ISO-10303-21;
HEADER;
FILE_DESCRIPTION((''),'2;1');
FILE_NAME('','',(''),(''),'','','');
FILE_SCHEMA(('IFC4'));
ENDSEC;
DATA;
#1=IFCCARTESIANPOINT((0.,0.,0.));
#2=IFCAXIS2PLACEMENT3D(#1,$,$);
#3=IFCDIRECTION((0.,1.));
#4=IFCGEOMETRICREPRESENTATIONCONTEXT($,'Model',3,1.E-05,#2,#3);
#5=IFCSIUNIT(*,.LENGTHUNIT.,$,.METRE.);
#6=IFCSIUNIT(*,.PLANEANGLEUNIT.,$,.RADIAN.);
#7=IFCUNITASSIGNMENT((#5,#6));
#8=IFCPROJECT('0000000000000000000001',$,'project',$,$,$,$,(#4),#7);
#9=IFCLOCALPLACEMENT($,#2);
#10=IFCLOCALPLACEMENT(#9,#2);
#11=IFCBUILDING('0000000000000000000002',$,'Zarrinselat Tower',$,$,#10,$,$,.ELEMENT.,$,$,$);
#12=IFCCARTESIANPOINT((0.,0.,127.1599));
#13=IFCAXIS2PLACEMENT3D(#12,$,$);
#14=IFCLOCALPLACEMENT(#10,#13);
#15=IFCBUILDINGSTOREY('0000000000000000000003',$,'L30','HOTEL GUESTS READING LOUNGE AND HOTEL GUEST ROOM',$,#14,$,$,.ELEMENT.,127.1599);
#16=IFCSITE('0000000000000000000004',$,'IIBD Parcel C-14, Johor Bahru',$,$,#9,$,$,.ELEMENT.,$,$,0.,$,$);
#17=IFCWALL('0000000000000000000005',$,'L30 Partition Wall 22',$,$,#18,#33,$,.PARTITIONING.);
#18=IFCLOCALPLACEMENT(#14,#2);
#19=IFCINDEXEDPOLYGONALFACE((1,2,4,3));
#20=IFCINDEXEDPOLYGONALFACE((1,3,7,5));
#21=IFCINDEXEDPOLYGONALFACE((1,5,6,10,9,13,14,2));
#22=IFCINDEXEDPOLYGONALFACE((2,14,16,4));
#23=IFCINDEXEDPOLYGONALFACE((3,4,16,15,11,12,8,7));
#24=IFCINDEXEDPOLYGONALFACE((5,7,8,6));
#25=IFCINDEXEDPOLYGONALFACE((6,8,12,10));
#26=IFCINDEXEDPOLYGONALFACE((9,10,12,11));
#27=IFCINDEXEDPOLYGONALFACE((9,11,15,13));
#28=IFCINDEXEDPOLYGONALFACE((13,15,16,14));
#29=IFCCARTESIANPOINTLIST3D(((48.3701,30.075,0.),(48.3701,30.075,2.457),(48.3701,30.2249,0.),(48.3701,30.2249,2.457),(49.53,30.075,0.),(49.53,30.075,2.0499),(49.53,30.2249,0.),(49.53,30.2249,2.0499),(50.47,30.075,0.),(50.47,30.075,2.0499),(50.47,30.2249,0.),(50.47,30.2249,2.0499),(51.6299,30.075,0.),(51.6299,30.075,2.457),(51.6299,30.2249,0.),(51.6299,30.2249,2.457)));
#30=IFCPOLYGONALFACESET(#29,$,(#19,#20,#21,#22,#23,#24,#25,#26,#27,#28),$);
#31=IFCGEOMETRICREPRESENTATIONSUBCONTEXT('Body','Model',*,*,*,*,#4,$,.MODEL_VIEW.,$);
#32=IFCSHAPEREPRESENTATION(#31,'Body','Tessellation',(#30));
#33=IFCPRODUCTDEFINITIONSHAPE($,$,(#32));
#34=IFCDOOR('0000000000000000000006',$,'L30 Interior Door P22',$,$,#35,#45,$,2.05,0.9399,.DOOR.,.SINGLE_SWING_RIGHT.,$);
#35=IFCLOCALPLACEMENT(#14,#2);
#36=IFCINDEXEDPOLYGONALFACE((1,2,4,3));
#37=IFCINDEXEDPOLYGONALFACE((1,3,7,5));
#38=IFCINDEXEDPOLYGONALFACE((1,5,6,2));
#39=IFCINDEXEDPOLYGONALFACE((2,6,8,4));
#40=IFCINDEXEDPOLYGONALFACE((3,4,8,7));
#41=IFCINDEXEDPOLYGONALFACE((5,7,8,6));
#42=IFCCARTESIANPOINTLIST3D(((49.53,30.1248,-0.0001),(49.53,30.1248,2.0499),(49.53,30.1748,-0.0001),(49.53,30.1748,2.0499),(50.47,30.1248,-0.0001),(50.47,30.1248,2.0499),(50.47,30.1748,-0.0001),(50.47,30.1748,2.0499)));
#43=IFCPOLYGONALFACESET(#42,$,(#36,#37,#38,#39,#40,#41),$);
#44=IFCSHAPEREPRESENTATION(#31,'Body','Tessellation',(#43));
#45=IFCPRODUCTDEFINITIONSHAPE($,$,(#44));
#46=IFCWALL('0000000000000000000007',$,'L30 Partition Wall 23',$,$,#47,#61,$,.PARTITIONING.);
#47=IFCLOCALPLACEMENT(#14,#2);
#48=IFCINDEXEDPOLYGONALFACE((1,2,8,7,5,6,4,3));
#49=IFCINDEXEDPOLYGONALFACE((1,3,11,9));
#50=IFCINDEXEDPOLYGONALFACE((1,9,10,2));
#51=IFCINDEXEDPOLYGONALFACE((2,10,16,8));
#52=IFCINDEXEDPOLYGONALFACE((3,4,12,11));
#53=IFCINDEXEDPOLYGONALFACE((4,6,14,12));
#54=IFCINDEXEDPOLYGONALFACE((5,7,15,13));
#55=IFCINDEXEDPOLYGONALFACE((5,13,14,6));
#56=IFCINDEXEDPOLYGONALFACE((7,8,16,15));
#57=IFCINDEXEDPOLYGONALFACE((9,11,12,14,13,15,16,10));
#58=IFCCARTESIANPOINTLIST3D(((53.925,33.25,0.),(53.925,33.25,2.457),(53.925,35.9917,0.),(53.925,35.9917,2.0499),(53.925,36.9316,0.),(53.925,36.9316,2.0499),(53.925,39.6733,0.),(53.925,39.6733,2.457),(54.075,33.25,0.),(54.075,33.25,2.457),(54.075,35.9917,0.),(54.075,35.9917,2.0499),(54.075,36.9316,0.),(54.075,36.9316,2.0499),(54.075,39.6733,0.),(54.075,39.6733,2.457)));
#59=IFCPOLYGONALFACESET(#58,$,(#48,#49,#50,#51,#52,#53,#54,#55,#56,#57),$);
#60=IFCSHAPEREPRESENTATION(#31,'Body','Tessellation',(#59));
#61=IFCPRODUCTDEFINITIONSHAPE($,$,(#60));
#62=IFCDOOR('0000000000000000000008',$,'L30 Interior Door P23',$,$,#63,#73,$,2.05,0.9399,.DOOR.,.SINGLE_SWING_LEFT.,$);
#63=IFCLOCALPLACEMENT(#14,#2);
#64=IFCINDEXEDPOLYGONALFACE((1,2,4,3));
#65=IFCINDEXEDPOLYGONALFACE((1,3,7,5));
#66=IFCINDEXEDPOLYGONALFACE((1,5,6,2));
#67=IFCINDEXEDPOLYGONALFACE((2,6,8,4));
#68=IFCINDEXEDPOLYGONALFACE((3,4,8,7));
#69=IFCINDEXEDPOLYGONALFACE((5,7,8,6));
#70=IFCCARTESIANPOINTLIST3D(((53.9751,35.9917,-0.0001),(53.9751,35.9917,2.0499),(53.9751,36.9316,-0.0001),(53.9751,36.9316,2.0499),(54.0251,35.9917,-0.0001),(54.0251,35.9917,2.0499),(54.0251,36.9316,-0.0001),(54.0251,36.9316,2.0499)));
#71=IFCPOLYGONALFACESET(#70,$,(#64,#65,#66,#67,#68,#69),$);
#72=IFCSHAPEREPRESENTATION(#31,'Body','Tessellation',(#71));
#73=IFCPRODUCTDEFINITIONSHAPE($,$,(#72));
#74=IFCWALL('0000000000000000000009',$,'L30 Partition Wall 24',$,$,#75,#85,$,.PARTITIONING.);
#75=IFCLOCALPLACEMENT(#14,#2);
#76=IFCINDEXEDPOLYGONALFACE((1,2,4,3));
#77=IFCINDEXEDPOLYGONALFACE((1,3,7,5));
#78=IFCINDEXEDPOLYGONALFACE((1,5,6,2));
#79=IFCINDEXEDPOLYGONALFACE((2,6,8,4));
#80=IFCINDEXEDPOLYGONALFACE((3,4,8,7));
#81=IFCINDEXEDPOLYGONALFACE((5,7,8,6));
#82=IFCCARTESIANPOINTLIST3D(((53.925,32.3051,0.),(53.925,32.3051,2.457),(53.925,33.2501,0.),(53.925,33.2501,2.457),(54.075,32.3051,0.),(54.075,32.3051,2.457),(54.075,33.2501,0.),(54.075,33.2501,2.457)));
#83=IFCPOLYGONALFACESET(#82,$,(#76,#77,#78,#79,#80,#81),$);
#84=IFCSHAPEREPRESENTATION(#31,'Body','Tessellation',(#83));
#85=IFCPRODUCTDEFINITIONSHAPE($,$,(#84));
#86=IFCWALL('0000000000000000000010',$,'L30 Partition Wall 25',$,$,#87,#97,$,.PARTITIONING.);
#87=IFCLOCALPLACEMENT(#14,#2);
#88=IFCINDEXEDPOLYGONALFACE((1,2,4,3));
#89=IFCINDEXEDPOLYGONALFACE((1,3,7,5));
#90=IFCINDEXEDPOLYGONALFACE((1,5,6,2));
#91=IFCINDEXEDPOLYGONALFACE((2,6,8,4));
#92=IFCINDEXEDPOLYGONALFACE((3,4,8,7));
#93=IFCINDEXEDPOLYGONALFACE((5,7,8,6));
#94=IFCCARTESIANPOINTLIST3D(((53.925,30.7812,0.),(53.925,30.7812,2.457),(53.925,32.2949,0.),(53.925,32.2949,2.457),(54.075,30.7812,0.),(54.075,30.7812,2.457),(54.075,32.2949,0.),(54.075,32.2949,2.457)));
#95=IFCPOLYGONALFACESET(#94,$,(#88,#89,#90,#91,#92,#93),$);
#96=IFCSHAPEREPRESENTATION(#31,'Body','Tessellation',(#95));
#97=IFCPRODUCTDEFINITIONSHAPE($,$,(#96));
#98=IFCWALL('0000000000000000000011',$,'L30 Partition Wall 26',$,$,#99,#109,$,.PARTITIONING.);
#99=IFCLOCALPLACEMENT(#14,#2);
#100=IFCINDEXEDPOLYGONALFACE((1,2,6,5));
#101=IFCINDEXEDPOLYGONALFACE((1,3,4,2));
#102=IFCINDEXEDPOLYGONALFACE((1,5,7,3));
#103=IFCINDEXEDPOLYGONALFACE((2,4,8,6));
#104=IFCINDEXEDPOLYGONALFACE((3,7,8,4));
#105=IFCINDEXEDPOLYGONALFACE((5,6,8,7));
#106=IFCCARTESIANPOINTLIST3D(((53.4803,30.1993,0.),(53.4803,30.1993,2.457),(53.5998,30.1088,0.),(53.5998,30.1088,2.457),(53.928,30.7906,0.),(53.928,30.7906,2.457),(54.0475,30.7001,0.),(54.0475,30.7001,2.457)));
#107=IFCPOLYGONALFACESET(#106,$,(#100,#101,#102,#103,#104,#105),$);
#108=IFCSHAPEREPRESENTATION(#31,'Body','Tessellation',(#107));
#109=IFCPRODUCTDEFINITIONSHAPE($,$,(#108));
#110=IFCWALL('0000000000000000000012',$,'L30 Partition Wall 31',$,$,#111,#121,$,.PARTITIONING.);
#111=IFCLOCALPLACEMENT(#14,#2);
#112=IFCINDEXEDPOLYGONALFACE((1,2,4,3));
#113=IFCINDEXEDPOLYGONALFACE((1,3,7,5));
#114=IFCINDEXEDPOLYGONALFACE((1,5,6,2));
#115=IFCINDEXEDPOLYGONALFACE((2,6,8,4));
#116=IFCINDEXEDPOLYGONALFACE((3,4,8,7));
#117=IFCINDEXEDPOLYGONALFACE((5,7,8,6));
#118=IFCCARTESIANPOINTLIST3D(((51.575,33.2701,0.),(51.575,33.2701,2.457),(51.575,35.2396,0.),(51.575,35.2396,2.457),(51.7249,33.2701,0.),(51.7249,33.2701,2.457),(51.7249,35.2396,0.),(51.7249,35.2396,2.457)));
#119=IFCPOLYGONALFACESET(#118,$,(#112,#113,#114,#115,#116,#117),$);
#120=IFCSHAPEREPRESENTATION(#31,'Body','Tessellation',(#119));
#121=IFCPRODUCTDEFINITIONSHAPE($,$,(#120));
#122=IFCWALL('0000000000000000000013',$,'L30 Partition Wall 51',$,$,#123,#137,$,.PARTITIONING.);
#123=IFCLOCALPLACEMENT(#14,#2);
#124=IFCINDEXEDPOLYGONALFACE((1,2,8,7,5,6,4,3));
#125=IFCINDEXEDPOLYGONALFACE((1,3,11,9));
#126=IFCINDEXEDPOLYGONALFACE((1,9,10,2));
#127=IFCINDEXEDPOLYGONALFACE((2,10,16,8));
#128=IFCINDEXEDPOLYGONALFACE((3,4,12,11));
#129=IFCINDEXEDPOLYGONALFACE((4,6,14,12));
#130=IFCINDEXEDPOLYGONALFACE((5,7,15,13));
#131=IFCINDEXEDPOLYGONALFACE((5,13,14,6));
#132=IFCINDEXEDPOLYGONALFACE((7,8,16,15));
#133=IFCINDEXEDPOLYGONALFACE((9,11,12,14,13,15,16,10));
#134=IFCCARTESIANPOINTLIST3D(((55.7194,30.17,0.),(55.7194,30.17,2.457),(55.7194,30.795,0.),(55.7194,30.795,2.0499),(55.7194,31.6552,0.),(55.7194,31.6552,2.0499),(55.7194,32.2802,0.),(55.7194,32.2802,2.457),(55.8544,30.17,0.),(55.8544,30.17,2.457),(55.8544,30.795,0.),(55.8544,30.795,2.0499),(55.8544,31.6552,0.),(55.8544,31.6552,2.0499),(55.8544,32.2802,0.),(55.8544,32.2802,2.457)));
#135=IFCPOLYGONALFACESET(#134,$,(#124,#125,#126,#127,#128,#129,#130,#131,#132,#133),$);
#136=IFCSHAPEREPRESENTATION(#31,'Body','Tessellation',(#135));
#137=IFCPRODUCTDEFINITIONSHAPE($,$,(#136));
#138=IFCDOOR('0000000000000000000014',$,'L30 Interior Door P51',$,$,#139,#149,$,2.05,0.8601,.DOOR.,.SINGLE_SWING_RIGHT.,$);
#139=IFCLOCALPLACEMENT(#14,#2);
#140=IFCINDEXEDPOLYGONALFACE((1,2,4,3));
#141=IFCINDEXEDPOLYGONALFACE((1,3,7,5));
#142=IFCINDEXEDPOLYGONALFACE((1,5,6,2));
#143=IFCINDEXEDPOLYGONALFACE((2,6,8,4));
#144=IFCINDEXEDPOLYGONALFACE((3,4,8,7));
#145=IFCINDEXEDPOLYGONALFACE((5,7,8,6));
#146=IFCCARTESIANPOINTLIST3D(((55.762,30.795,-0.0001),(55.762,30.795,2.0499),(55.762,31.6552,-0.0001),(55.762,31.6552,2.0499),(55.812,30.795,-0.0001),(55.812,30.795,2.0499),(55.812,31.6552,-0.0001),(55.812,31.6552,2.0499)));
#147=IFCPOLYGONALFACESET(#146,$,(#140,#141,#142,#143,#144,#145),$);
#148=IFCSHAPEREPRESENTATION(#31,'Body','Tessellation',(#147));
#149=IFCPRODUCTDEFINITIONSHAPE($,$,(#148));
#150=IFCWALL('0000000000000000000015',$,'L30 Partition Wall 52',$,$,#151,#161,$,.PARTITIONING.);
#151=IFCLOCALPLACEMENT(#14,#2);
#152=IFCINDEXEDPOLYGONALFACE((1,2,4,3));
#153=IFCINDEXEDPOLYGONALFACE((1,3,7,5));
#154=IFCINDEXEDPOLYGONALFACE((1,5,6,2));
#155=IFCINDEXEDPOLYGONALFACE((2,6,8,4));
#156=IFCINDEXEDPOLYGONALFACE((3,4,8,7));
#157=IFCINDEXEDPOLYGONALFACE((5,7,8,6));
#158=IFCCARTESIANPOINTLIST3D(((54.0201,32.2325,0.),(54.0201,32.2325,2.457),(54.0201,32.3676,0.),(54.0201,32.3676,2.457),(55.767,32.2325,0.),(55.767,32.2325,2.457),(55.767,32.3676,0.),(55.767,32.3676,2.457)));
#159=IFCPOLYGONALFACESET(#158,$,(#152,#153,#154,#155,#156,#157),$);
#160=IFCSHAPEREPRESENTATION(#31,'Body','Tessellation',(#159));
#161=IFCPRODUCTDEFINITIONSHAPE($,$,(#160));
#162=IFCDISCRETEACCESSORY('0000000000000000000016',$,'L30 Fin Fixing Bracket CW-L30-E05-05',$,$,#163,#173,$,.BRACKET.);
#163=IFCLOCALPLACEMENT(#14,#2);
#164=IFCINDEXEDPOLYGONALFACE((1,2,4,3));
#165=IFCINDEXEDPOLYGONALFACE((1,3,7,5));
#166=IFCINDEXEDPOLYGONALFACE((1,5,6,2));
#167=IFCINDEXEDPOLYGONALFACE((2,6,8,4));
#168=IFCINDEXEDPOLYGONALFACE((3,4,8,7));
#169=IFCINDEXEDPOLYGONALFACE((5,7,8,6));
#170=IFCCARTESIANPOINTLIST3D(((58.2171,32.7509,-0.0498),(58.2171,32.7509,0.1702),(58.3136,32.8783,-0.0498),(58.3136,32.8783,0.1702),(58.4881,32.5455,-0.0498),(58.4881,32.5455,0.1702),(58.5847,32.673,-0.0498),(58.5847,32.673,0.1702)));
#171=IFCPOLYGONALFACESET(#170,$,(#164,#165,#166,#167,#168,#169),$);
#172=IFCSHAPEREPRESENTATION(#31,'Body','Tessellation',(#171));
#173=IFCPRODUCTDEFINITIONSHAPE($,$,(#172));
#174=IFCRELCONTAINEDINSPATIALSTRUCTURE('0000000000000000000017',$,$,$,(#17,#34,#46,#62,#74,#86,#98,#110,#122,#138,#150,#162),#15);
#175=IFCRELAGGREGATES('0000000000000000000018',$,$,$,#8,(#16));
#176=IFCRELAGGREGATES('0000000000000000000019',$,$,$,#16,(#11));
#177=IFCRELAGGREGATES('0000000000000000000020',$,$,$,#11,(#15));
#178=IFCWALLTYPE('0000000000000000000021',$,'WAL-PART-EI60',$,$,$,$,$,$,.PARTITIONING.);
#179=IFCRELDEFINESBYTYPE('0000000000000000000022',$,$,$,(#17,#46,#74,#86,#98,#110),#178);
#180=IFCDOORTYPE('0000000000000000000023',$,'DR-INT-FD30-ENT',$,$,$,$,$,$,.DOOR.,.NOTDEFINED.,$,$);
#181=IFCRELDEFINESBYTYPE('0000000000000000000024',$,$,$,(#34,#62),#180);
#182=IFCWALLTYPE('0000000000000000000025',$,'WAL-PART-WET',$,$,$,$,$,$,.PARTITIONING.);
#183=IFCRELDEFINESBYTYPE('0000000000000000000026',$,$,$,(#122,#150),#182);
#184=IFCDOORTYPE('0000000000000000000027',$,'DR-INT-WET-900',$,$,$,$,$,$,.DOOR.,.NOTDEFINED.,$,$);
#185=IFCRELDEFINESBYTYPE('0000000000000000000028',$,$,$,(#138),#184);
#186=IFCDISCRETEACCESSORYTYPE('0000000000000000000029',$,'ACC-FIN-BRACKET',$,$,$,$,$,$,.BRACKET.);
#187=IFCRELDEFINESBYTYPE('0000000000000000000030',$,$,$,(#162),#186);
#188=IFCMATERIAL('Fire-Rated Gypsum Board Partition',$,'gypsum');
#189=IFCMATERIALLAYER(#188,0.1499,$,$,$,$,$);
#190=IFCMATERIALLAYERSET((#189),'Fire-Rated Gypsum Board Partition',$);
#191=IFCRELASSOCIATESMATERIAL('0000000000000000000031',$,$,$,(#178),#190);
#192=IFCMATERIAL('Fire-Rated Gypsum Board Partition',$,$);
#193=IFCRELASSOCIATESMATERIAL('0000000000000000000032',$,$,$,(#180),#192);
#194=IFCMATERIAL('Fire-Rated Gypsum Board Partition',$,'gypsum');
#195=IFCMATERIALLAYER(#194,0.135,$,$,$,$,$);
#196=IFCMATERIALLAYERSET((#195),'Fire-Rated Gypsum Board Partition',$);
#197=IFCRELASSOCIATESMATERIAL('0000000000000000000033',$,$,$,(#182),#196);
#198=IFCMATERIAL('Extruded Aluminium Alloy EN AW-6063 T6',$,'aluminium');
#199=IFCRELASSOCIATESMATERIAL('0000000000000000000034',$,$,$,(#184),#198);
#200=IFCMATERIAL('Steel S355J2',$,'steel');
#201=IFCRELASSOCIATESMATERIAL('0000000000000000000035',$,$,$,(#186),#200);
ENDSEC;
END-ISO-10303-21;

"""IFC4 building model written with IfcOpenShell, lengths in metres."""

from ifc_helpers import new_model, si_unit, direction, frame, frame_2d, origin, origin_2d, place, context, subcontext, project, spatial, rectangle, extrude, material, layer, layer_set, type_object, element, fill, save


model = new_model("IFC4")

# Units and contexts
model_context = context("Model", 3, precision=1e-05, world=origin(), true_north=direction((0.0, 1.0)))
body_context = subcontext(model_context, "Body", "Model", "MODEL_VIEW")
ifc_project = project(units=[si_unit("LENGTHUNIT", "METRE"), si_unit("PLANEANGLEUNIT", "RADIAN")], contexts=[model_context])

# Site, building, storey
site_placement = place(None, origin())
site = spatial("IfcSite", under=ifc_project, at=site_placement, Name="IIBD Parcel C-14, Johor Bahru", CompositionType="ELEMENT", RefElevation=0.0)
building_placement = place(site_placement, origin())
building = spatial("IfcBuilding", under=site, at=building_placement, Name="Zarrinselat Tower", CompositionType="ELEMENT")
storey_placement = place(building_placement, frame((0.0, 0.0, 127.1599)))
storey = spatial("IfcBuildingStorey", under=building, at=storey_placement, Name="L30", Description="HOTEL GUESTS READING LOUNGE AND HOTEL GUEST ROOM", CompositionType="ELEMENT", Elevation=127.1599)

# Walls, openings, doors
ifc_material_1 = material(Name="Fire-Rated Gypsum Board Partition", Category="gypsum")
ifc_layer_1 = layer(ifc_material_1, 0.1499)
ifc_layer_set_1 = layer_set([ifc_layer_1], Name="Fire-Rated Gypsum Board Partition")
wall_type_1 = type_object("IfcWallType", Name="WAL-PART-EI60", PredefinedType="PARTITIONING", material=ifc_layer_set_1)
wall_1_placement = place(storey_placement, frame((48.3701, 30.1499, 0.0), z_axis=(0.0, 0.0, 1.0), x_axis=(1.0, 0.0, 0.0)))
wall_1 = element("IfcWall", 1, at=wall_1_placement, inside=storey, type_object=wall_type_1, Name="L30 Partition Wall 22", PredefinedType="PARTITIONING", context=body_context, shape_type="SweptSolid", body=[
    extrude(rectangle(XDim=3.2598, YDim=0.1499, at=frame_2d((1.6299, 0.0))), origin(), (0.0, 0.0, 1.0), 2.457),
])
opening_1_placement = place(wall_1_placement, frame((1.1599, 0.0, 0.0)))
opening_1 = element("IfcOpeningElement", 2, at=opening_1_placement, cuts=wall_1, PredefinedType="OPENING", context=body_context, shape_type="SweptSolid", body=[
    extrude(rectangle(XDim=0.9399, YDim=2.05, at=frame_2d((0.47, 1.0249))), frame((0.0, 0.085, 0.0), z_axis=(0.0, -1.0, 0.0), x_axis=(1.0, 0.0, 0.0)), (0.0, 0.0, 1.0), 0.1699),
])
ifc_material_2 = material(Name="Fire-Rated Gypsum Board Partition")
door_type_1 = type_object("IfcDoorType", Name="DR-INT-FD30-ENT", OperationType="NOTDEFINED", PredefinedType="DOOR", material=ifc_material_2)
door_1_placement = place(opening_1_placement, origin())
door_1 = element("IfcDoor", 3, at=door_1_placement, inside=storey, type_object=door_type_1, Name="L30 Interior Door P22", OperationType="SINGLE_SWING_RIGHT", OverallHeight=2.05, OverallWidth=0.9399, PredefinedType="DOOR", context=body_context, shape_type="SweptSolid", body=[
    extrude(rectangle(XDim=0.9399, YDim=2.05, at=frame_2d((0.47, 1.0249))), frame((0.0, 0.0249, 0.0), z_axis=(0.0, -1.0, 0.0), x_axis=(1.0, 0.0, 0.0)), (0.0, 0.0, 1.0), 0.05),
])
fill(opening_1, door_1)
wall_2_placement = place(storey_placement, frame((54.0, 33.25, 0.0), z_axis=(0.0, 0.0, 1.0), x_axis=(0.0, 1.0, 0.0)))
wall_2 = element("IfcWall", 4, at=wall_2_placement, inside=storey, type_object=wall_type_1, Name="L30 Partition Wall 23", PredefinedType="PARTITIONING", context=body_context, shape_type="SweptSolid", body=[
    extrude(rectangle(XDim=6.4233, YDim=0.1499, at=frame_2d((3.2117, 0.0))), origin(), (0.0, 0.0, 1.0), 2.457),
])
opening_2_placement = place(wall_2_placement, frame((2.7417, 0.0, 0.0)))
opening_2 = element("IfcOpeningElement", 5, at=opening_2_placement, cuts=wall_2, PredefinedType="OPENING", context=body_context, shape_type="SweptSolid", body=[
    extrude(rectangle(XDim=0.9399, YDim=2.05, at=frame_2d((0.47, 1.0249))), frame((0.0, 0.085, 0.0), z_axis=(0.0, -1.0, 0.0), x_axis=(1.0, 0.0, 0.0)), (0.0, 0.0, 1.0), 0.1699),
])
door_2_placement = place(opening_2_placement, origin())
door_2 = element("IfcDoor", 6, at=door_2_placement, inside=storey, type_object=door_type_1, Name="L30 Interior Door P23", OperationType="SINGLE_SWING_LEFT", OverallHeight=2.05, OverallWidth=0.9399, PredefinedType="DOOR", context=body_context, shape_type="SweptSolid", body=[
    extrude(rectangle(XDim=0.9399, YDim=2.05, at=frame_2d((0.47, 1.0249))), frame((0.0, 0.0249, 0.0), z_axis=(0.0, -1.0, 0.0), x_axis=(1.0, 0.0, 0.0)), (0.0, 0.0, 1.0), 0.05),
])
fill(opening_2, door_2)

# Walls
wall_3_placement = place(storey_placement, frame((54.0, 32.3049, 0.0), z_axis=(0.0, 0.0, 1.0), x_axis=(0.0, 1.0, 0.0)))
element("IfcWall", 7, at=wall_3_placement, inside=storey, type_object=wall_type_1, Name="L30 Partition Wall 24", PredefinedType="PARTITIONING", context=body_context, shape_type="SweptSolid", body=[
    extrude(rectangle(XDim=0.9451, YDim=0.1499, at=frame_2d((0.4727, 0.0))), origin(), (0.0, 0.0, 1.0), 2.457),
])
wall_4_placement = place(storey_placement, frame((54.0, 30.7812, 0.0), z_axis=(0.0, 0.0, 1.0), x_axis=(0.0, 1.0, 0.0)))
element("IfcWall", 8, at=wall_4_placement, inside=storey, type_object=wall_type_1, Name="L30 Partition Wall 25", PredefinedType="PARTITIONING", context=body_context, shape_type="SweptSolid", body=[
    extrude(rectangle(XDim=1.5137, YDim=0.1499, at=frame_2d((0.7568, 0.0))), origin(), (0.0, 0.0, 1.0), 2.457),
])
wall_5_placement = place(storey_placement, frame((53.54, 30.1541, 0.0), z_axis=(0.0, 0.0, 1.0), x_axis=(0.60368, 0.797227, 0.0)))
element("IfcWall", 9, at=wall_5_placement, inside=storey, type_object=wall_type_1, Name="L30 Partition Wall 26", PredefinedType="PARTITIONING", context=body_context, shape_type="SweptSolid", body=[
    extrude(rectangle(XDim=0.7417, YDim=0.1499, at=frame_2d((0.3708, 0.0))), origin(), (0.0, 0.0, 1.0), 2.457),
])
wall_6_placement = place(storey_placement, frame((51.6499, 33.27, 0.0), z_axis=(0.0, 0.0, 1.0), x_axis=(0.0, 1.0, 0.0)))
element("IfcWall", 10, at=wall_6_placement, inside=storey, type_object=wall_type_1, Name="L30 Partition Wall 31", PredefinedType="PARTITIONING", context=body_context, shape_type="SweptSolid", body=[
    extrude(rectangle(XDim=1.9695, YDim=0.1499, at=frame_2d((0.9849, 0.0))), origin(), (0.0, 0.0, 1.0), 2.457),
])

# Wall, opening, door
ifc_material_3 = material(Name="Fire-Rated Gypsum Board Partition", Category="gypsum")
ifc_layer_2 = layer(ifc_material_3, 0.135)
ifc_layer_set_2 = layer_set([ifc_layer_2], Name="Fire-Rated Gypsum Board Partition")
wall_type_2 = type_object("IfcWallType", Name="WAL-PART-WET", PredefinedType="PARTITIONING", material=ifc_layer_set_2)
wall_7_placement = place(storey_placement, frame((55.7869, 30.1699, 0.0), z_axis=(0.0, 0.0, 1.0), x_axis=(0.0, 1.0, 0.0)))
wall_7 = element("IfcWall", 11, at=wall_7_placement, inside=storey, type_object=wall_type_2, Name="L30 Partition Wall 51", PredefinedType="PARTITIONING", context=body_context, shape_type="SweptSolid", body=[
    extrude(rectangle(XDim=2.1101, YDim=0.135, at=frame_2d((1.0552, 0.0))), origin(), (0.0, 0.0, 1.0), 2.457),
])
opening_3_placement = place(wall_7_placement, frame((0.625, 0.0, 0.0)))
opening_3 = element("IfcOpeningElement", 12, at=opening_3_placement, cuts=wall_7, PredefinedType="OPENING", context=body_context, shape_type="SweptSolid", body=[
    extrude(rectangle(XDim=0.8601, YDim=2.05, at=frame_2d((0.4302, 1.0249))), frame((0.0, 0.0774, 0.0), z_axis=(0.0, -1.0, 0.0), x_axis=(1.0, 0.0, 0.0)), (0.0, 0.0, 1.0), 0.155),
])
ifc_material_4 = material(Name="Extruded Aluminium Alloy EN AW-6063 T6", Category="aluminium")
door_type_2 = type_object("IfcDoorType", Name="DR-INT-WET-900", OperationType="NOTDEFINED", PredefinedType="DOOR", material=ifc_material_4)
door_3_placement = place(opening_3_placement, origin())
door_3 = element("IfcDoor", 13, at=door_3_placement, inside=storey, type_object=door_type_2, Name="L30 Interior Door P51", OperationType="SINGLE_SWING_RIGHT", OverallHeight=2.05, OverallWidth=0.8601, PredefinedType="DOOR", context=body_context, shape_type="SweptSolid", body=[
    extrude(rectangle(XDim=0.8601, YDim=2.05, at=frame_2d((0.4302, 1.0249))), frame((0.0, 0.0249, 0.0), z_axis=(0.0, -1.0, 0.0), x_axis=(1.0, 0.0, 0.0)), (0.0, 0.0, 1.0), 0.05),
])
fill(opening_3, door_3)

# Wall
wall_8_placement = place(storey_placement, frame((54.02, 32.3, 0.0), z_axis=(0.0, 0.0, 1.0), x_axis=(1.0, 0.0, 0.0)))
element("IfcWall", 14, at=wall_8_placement, inside=storey, type_object=wall_type_2, Name="L30 Partition Wall 52", PredefinedType="PARTITIONING", context=body_context, shape_type="SweptSolid", body=[
    extrude(rectangle(XDim=1.7468, YDim=0.135, at=frame_2d((0.8735, 0.0))), origin(), (0.0, 0.0, 1.0), 2.457),
])

# Discrete accessory
ifc_material_5 = material(Name="Steel S355J2", Category="steel")
discrete_accessory_type = type_object("IfcDiscreteAccessoryType", Name="ACC-FIN-BRACKET", PredefinedType="BRACKET", material=ifc_material_5)
discrete_accessory_placement = place(storey_placement, frame((58.4009, 32.7119, -0.0498), z_axis=(0.0, 0.0, 1.0), x_axis=(0.797092, -0.603858, 0.0)))
element("IfcDiscreteAccessory", 15, at=discrete_accessory_placement, inside=storey, type_object=discrete_accessory_type, Name="L30 Fin Fixing Bracket CW-L30-E05-05", PredefinedType="BRACKET", context=body_context, shape_type="SweptSolid", body=[
    extrude(rectangle(XDim=0.3401, YDim=0.1599, at=origin_2d()), origin(), (0.0, 0.0, 1.0), 0.22),
])

save(model, "model.ifc")
